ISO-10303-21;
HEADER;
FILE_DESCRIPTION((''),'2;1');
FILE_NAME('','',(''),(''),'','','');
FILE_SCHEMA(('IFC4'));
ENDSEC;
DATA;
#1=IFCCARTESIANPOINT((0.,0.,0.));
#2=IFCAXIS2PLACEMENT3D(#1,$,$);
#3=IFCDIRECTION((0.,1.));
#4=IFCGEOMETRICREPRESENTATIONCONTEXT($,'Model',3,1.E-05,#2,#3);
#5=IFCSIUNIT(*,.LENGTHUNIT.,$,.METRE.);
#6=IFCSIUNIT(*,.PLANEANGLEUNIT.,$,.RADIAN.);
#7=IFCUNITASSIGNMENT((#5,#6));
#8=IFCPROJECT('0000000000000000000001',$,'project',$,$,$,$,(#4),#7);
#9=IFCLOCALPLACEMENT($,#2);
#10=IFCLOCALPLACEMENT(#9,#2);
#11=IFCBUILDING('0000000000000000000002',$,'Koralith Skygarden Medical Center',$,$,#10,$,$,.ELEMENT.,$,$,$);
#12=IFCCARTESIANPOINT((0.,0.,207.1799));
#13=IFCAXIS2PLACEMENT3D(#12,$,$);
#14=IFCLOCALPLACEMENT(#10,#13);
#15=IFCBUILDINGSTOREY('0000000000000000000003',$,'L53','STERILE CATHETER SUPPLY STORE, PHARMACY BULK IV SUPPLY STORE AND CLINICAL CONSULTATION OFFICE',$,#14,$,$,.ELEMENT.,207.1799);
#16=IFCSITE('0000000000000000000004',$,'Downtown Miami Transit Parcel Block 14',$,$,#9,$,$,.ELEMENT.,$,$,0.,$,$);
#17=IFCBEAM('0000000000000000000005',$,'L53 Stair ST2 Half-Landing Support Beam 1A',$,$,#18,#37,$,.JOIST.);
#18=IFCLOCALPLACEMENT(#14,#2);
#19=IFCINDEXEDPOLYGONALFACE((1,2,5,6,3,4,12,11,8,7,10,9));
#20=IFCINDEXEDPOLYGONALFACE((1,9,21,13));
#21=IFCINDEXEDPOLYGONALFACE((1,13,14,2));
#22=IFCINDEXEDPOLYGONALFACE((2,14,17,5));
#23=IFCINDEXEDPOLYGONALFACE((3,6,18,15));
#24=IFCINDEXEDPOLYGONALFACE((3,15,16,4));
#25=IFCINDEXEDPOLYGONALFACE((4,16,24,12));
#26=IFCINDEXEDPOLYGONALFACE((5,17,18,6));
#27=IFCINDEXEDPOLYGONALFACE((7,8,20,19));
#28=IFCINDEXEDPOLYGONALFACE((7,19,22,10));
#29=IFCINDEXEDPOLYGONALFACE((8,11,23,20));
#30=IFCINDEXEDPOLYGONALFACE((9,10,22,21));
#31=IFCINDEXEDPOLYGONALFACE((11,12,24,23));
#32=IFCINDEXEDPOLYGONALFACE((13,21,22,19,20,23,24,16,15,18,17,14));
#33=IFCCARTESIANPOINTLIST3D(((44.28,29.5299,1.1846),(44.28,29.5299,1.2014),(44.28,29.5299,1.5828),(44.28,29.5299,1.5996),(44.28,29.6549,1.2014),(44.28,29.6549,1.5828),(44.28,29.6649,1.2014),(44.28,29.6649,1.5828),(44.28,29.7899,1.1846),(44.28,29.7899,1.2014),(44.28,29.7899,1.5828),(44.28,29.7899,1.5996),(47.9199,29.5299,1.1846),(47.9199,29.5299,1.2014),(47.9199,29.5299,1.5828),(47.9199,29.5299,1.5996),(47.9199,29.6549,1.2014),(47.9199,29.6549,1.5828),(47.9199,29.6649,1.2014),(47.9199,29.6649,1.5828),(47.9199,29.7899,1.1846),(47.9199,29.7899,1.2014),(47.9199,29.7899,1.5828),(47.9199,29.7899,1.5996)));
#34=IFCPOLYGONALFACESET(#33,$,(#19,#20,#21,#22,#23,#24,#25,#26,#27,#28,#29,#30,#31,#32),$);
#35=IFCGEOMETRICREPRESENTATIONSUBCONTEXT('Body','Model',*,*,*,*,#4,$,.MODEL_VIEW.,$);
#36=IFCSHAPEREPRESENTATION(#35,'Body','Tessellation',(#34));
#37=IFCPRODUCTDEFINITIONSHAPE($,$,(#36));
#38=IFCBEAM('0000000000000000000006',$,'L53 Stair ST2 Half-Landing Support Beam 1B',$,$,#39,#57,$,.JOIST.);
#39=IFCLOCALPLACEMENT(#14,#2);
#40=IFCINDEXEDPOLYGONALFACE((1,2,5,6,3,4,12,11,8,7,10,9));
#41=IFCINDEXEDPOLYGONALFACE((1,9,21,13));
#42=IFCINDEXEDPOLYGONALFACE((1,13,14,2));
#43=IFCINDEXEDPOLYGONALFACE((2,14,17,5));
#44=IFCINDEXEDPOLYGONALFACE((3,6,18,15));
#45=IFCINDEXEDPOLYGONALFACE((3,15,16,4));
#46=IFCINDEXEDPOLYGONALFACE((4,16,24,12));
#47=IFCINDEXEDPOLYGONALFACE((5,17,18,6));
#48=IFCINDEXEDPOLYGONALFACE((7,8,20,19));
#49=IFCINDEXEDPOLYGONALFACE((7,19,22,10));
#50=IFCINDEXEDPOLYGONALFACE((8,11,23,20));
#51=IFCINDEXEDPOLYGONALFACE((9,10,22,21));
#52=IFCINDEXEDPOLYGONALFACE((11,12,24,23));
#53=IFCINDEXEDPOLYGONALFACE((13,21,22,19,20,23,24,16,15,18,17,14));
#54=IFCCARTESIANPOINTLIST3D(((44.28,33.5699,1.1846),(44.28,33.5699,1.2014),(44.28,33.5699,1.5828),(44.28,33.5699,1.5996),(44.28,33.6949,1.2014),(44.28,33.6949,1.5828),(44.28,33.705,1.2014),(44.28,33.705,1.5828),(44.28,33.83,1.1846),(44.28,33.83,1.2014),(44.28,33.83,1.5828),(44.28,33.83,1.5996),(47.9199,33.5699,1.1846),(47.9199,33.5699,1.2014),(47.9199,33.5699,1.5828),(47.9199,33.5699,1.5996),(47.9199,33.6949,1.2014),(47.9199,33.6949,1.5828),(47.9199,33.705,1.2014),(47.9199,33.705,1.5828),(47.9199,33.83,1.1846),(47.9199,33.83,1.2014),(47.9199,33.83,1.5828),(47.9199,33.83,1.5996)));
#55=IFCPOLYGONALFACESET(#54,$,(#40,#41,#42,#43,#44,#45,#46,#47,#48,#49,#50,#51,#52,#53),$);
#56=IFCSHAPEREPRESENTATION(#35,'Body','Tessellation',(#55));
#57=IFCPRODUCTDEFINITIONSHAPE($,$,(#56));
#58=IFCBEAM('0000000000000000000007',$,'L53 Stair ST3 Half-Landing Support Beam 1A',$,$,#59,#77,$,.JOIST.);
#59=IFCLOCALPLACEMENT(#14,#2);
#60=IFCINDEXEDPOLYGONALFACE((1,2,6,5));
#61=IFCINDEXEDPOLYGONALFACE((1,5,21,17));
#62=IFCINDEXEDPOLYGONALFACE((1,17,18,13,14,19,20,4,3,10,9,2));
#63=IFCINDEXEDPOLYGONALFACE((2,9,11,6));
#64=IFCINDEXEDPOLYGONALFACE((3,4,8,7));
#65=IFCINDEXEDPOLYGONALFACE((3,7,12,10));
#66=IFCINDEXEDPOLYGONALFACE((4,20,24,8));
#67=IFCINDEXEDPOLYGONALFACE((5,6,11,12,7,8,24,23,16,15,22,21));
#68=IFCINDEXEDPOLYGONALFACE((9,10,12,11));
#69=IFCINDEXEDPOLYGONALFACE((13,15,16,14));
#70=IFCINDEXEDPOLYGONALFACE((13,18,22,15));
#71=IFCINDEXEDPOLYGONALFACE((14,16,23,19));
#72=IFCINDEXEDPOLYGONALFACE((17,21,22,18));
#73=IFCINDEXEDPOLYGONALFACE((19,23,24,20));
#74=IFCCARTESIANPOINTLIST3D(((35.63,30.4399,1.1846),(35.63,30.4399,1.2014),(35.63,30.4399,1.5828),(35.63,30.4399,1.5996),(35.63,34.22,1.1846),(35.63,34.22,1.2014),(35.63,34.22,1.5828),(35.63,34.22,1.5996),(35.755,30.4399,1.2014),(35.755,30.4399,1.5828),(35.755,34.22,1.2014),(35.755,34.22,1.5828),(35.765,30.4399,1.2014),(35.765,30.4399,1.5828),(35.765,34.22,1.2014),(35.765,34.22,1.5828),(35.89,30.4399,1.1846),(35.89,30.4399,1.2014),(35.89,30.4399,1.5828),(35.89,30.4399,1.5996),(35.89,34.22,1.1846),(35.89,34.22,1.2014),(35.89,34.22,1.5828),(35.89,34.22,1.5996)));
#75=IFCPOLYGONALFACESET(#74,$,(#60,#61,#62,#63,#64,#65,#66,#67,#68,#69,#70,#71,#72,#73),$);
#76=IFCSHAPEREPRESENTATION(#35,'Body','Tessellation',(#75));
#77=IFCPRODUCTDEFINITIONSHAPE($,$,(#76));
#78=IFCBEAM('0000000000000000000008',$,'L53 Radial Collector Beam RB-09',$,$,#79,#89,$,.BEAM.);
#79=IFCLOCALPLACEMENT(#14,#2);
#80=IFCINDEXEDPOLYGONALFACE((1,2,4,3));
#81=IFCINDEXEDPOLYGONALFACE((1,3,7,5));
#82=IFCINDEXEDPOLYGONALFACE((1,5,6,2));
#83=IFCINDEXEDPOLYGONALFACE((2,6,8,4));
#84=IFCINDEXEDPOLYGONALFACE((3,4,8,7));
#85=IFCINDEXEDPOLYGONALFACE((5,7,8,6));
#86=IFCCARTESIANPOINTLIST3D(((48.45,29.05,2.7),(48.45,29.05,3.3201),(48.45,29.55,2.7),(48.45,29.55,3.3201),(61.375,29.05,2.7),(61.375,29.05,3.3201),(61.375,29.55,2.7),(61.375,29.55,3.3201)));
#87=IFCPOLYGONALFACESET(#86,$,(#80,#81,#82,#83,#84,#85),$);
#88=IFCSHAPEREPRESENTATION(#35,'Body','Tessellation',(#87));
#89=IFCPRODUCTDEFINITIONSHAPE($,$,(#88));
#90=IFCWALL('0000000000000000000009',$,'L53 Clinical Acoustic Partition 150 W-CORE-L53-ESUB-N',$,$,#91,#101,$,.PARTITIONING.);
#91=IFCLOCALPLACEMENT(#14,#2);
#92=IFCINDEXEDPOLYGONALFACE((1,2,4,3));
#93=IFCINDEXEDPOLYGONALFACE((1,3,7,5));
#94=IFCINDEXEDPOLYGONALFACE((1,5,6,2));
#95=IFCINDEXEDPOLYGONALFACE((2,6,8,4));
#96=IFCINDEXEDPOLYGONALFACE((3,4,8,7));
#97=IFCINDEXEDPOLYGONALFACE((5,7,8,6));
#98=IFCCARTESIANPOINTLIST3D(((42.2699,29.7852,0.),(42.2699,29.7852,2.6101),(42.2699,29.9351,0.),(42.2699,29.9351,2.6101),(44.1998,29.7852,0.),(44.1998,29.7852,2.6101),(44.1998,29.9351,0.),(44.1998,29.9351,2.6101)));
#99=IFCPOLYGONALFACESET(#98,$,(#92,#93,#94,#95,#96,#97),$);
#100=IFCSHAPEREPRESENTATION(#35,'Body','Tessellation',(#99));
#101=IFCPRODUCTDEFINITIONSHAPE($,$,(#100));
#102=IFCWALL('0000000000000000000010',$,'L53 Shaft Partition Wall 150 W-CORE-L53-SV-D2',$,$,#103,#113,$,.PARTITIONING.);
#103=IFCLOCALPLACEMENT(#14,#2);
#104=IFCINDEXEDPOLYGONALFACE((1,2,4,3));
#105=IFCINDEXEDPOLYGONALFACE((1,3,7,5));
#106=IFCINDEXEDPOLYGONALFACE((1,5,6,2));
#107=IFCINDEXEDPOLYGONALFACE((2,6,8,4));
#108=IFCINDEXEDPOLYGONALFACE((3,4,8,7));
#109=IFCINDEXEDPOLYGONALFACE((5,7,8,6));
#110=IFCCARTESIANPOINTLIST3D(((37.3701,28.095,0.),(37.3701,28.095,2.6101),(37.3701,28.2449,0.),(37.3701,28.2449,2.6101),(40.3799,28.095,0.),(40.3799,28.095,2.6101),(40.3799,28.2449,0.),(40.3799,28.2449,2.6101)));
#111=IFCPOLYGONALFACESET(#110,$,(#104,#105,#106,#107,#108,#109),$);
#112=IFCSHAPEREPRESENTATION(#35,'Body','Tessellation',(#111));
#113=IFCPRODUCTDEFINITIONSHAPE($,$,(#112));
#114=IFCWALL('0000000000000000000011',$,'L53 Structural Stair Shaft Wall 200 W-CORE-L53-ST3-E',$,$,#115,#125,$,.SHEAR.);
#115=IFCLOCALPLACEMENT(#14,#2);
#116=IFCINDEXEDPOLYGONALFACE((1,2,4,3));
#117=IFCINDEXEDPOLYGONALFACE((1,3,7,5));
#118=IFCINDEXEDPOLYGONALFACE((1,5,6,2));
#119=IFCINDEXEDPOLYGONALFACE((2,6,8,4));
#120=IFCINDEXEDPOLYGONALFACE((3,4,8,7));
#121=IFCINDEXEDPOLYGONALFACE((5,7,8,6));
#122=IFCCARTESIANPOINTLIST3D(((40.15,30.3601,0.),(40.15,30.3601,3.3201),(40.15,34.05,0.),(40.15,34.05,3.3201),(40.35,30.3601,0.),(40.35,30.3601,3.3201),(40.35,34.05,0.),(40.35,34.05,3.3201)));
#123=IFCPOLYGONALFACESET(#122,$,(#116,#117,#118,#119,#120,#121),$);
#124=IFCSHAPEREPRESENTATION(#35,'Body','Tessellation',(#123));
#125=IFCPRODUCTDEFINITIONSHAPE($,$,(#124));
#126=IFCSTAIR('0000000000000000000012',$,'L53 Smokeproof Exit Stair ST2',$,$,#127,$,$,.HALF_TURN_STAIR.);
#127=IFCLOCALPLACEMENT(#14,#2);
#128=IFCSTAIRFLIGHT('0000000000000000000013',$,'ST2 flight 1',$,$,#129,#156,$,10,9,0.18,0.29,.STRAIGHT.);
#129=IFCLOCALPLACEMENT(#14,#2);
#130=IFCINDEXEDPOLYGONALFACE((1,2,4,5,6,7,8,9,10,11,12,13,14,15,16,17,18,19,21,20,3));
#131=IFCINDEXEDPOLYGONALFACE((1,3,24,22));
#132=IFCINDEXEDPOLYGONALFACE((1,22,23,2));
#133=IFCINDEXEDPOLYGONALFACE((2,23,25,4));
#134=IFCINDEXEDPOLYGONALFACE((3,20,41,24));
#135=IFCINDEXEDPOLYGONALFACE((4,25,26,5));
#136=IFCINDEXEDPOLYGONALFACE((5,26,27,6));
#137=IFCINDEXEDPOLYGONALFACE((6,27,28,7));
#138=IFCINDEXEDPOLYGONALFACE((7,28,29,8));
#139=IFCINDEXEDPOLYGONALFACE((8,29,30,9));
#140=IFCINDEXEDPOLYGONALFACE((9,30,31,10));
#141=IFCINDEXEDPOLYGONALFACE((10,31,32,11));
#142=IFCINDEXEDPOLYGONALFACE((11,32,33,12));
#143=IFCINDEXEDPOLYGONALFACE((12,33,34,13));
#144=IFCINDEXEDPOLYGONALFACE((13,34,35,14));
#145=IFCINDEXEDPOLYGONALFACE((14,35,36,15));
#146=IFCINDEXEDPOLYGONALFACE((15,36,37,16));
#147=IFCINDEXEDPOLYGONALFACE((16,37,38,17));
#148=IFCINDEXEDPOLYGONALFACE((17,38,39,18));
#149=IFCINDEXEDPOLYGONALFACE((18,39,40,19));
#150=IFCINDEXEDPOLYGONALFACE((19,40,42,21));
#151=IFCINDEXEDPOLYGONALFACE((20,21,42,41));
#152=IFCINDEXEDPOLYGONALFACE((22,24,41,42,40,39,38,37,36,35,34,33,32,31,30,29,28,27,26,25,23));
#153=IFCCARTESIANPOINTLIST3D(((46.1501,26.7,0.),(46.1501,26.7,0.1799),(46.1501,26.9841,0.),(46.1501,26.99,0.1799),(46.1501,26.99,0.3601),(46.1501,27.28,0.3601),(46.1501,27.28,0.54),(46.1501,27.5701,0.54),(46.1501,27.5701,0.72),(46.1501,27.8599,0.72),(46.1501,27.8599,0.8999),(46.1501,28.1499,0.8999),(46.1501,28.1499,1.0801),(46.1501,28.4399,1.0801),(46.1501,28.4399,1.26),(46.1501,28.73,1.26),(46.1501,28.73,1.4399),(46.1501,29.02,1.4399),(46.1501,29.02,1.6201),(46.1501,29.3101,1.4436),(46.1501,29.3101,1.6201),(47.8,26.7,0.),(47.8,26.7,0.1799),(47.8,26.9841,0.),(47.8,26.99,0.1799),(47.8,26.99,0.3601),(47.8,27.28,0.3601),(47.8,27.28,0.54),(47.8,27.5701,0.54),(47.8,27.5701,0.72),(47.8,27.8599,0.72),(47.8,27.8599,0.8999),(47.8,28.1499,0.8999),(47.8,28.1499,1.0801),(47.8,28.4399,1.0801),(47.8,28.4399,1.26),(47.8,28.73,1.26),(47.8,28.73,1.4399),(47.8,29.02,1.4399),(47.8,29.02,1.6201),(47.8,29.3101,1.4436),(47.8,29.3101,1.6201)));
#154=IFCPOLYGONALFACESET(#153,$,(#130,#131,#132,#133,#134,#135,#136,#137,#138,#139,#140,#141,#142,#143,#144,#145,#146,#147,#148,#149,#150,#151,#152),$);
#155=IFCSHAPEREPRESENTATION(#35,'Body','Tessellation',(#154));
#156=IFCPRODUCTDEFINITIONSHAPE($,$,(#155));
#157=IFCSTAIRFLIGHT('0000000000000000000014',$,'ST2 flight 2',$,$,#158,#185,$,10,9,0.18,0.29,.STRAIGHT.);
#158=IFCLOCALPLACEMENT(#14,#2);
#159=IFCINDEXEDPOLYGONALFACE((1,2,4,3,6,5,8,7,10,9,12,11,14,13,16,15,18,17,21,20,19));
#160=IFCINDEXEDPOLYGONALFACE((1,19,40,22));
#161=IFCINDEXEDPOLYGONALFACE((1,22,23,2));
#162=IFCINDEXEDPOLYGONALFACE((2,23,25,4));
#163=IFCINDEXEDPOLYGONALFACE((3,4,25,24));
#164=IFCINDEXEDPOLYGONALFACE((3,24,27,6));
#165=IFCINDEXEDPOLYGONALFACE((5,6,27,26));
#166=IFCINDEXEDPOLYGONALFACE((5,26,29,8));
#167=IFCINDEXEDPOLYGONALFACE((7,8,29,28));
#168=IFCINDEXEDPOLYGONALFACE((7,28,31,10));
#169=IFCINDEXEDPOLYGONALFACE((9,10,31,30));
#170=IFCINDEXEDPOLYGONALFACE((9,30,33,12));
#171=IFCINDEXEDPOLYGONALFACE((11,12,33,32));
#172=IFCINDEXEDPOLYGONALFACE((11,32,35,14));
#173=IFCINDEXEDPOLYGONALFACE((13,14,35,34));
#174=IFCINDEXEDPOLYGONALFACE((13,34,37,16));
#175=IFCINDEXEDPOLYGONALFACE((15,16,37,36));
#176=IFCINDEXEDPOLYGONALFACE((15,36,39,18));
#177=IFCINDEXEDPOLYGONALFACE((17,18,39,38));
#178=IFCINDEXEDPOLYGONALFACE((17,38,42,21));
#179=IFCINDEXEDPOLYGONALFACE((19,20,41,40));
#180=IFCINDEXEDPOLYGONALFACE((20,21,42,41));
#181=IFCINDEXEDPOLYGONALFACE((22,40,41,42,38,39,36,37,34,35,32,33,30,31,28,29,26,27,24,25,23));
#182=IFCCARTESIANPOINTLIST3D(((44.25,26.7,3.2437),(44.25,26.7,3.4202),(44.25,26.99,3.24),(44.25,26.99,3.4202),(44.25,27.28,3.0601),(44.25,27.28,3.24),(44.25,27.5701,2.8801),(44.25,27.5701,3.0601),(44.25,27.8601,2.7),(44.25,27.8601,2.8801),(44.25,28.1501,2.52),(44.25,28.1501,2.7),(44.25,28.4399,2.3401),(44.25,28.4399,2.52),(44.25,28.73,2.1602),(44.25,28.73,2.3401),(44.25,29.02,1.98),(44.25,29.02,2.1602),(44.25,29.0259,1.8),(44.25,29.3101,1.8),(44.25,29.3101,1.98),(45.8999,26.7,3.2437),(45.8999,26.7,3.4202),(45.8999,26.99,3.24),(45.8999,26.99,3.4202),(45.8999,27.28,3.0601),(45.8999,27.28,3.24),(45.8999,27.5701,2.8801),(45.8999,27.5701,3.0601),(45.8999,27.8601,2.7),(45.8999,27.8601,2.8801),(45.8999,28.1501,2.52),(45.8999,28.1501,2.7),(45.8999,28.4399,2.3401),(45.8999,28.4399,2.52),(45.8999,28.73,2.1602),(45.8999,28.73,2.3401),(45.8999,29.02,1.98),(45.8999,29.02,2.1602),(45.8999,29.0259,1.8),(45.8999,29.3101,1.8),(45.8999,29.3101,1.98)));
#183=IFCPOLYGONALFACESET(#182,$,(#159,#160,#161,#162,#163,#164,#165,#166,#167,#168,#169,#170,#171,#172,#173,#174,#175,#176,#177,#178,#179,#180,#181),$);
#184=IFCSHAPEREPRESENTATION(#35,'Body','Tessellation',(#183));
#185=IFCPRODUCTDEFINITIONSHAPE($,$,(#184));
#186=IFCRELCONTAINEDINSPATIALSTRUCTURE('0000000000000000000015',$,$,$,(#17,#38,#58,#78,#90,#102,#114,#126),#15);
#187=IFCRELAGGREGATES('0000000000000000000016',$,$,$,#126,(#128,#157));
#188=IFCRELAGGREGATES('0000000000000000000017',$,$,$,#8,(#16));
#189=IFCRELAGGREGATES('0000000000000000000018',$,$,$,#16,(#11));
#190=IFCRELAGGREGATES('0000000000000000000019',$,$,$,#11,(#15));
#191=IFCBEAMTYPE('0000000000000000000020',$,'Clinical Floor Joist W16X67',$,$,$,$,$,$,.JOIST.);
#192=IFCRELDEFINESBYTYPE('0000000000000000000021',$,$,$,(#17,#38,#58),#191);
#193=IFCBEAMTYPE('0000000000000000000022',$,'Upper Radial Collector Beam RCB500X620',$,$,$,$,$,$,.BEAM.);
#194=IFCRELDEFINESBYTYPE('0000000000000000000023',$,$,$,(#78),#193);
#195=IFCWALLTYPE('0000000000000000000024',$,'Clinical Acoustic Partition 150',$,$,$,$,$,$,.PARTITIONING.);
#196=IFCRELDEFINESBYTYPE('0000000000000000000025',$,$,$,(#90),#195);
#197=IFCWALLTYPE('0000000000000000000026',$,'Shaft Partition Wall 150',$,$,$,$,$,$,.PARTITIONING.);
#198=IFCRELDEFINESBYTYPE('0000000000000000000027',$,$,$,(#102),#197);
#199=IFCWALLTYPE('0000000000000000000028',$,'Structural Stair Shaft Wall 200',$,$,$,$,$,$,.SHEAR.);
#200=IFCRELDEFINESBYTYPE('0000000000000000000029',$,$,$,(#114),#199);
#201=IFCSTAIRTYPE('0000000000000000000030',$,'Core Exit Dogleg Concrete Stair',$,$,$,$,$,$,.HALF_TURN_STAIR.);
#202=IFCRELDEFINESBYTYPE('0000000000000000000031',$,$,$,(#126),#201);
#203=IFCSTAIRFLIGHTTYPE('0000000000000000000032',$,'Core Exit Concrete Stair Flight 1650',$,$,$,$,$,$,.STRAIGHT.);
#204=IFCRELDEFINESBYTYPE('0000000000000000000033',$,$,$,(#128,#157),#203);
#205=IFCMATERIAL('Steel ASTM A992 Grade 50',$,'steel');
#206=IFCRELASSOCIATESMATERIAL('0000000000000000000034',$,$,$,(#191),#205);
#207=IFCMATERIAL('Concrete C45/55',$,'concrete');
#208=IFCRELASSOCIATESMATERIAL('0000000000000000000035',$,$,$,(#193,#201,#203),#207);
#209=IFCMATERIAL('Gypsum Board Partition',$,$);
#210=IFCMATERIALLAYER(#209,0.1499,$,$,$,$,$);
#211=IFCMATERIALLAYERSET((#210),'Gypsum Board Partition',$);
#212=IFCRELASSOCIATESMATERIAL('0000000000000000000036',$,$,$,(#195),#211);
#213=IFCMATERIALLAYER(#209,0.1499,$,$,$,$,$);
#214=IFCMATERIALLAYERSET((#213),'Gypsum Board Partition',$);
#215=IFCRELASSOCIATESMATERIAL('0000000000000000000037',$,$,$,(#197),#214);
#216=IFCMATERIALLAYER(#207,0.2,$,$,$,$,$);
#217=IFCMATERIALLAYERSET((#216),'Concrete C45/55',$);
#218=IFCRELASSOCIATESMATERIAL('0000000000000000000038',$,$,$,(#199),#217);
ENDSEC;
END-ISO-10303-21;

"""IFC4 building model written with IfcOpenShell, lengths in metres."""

from ifc_helpers import new_model, si_unit, direction, frame, frame_2d, origin, origin_2d, place, context, subcontext, project, spatial, polyline, rectangle, i_section, outline, extrude, material, layer, layer_set, material_profile, profile_set, type_object, element, aggregate, save


model = new_model("IFC4")

# Units and contexts
model_context = context("Model", 3, precision=1e-05, world=origin(), true_north=direction((0.0, 1.0)))
body_context = subcontext(model_context, "Body", "Model", "MODEL_VIEW")
ifc_project = project(units=[si_unit("LENGTHUNIT", "METRE"), si_unit("PLANEANGLEUNIT", "RADIAN")], contexts=[model_context])

# Site, building, storey
site_placement = place(None, origin())
site = spatial("IfcSite", under=ifc_project, at=site_placement, Name="Downtown Miami Transit Parcel Block 14", CompositionType="ELEMENT", RefElevation=0.0)
building_placement = place(site_placement, origin())
building = spatial("IfcBuilding", under=site, at=building_placement, Name="Koralith Skygarden Medical Center", CompositionType="ELEMENT")
storey_placement = place(building_placement, frame((0.0, 0.0, 207.1799)))
storey = spatial("IfcBuildingStorey", under=building, at=storey_placement, Name="L53", Description="STERILE CATHETER SUPPLY STORE, PHARMACY BULK IV SUPPLY STORE AND CLINICAL CONSULTATION OFFICE", CompositionType="ELEMENT", Elevation=207.1799)

# Beams
ifc_material_1 = material(Name="Steel ASTM A992 Grade 50", Category="steel")
ifc_material_profile_1 = material_profile(ifc_material_1, i_section(OverallWidth=0.26, OverallDepth=0.415, WebThickness=0.01, FlangeThickness=0.0168, at=origin_2d()), Name="W16X67")
ifc_profile_set_1 = profile_set([ifc_material_profile_1], Name="Steel ASTM A992 Grade 50")
beam_type_1 = type_object("IfcBeamType", Name="Clinical Floor Joist W16X67", PredefinedType="JOIST", material=ifc_profile_set_1)
for number, where, z_axis, x_axis, name in (
    (1, (44.28, 29.6599, 1.3921), (1.0, 0.0, 0.0), (0.0, 1.0, 0.0), "L53 Stair ST2 Half-Landing Support Beam 1A"),
    (2, (44.28, 33.7, 1.3921), (1.0, 0.0, 0.0), (0.0, 1.0, 0.0), "L53 Stair ST2 Half-Landing Support Beam 1B"),
):
    element("IfcBeam", number, at=place(storey_placement, frame(where, z_axis=z_axis, x_axis=x_axis)), inside=storey, type_object=beam_type_1, Name=name, PredefinedType="JOIST", context=body_context, shape_type="SweptSolid", body=[
        extrude(i_section(OverallWidth=0.26, OverallDepth=0.415, WebThickness=0.01, FlangeThickness=0.0168, at=origin_2d()), origin(), (0.0, 0.0, 1.0), 3.6399),
    ])
beam_1_placement = place(storey_placement, frame((35.76, 30.4399, 1.3921), z_axis=(0.0, 1.0, 0.0), x_axis=(-1.0, 0.0, 0.0)))
element("IfcBeam", 3, at=beam_1_placement, inside=storey, type_object=beam_type_1, Name="L53 Stair ST3 Half-Landing Support Beam 1A", PredefinedType="JOIST", context=body_context, shape_type="SweptSolid", body=[
    extrude(i_section(OverallWidth=0.26, OverallDepth=0.415, WebThickness=0.01, FlangeThickness=0.0168, at=origin_2d()), origin(), (0.0, 0.0, 1.0), 3.78),
])
ifc_material_2 = material(Name="Concrete C45/55", Category="concrete")
ifc_material_profile_2 = material_profile(ifc_material_2, rectangle(XDim=0.5, YDim=0.6201, at=origin_2d()), Name="RCB500X620")
ifc_profile_set_2 = profile_set([ifc_material_profile_2], Name="Concrete C45/55")
beam_type_2 = type_object("IfcBeamType", Name="Upper Radial Collector Beam RCB500X620", PredefinedType="BEAM", material=ifc_profile_set_2)
beam_2_placement = place(storey_placement, frame((48.45, 29.3, 3.01), z_axis=(1.0, 0.0, 0.0), x_axis=(0.0, 1.0, 0.0)))
element("IfcBeam", 4, at=beam_2_placement, inside=storey, type_object=beam_type_2, Name="L53 Radial Collector Beam RB-09", PredefinedType="BEAM", context=body_context, shape_type="SweptSolid", body=[
    extrude(rectangle(XDim=0.5, YDim=0.6201, at=origin_2d()), origin(), (0.0, 0.0, 1.0), 12.925),
])

# Walls
ifc_material_3 = material(Name="Gypsum Board Partition")
ifc_layer_1 = layer(ifc_material_3, 0.1499)
ifc_layer_set_1 = layer_set([ifc_layer_1], Name="Gypsum Board Partition")
wall_type_1 = type_object("IfcWallType", Name="Clinical Acoustic Partition 150", PredefinedType="PARTITIONING", material=ifc_layer_set_1)
wall_1_placement = place(storey_placement, frame((42.27, 29.8601, 0.0), z_axis=(0.0, 0.0, 1.0), x_axis=(1.0, 0.0, 0.0)))
element("IfcWall", 5, at=wall_1_placement, inside=storey, type_object=wall_type_1, Name="L53 Clinical Acoustic Partition 150 W-CORE-L53-ESUB-N", PredefinedType="PARTITIONING", context=body_context, shape_type="SweptSolid", body=[
    extrude(rectangle(XDim=1.9299, YDim=0.1499, at=frame_2d((0.9648, 0.0))), origin(), (0.0, 0.0, 1.0), 2.6101),
])
ifc_layer_2 = layer(ifc_material_3, 0.1499)
ifc_layer_set_2 = layer_set([ifc_layer_2], Name="Gypsum Board Partition")
wall_type_2 = type_object("IfcWallType", Name="Shaft Partition Wall 150", PredefinedType="PARTITIONING", material=ifc_layer_set_2)
wall_2_placement = place(storey_placement, frame((37.3701, 28.1699, 0.0), z_axis=(0.0, 0.0, 1.0), x_axis=(1.0, 0.0, 0.0)))
element("IfcWall", 6, at=wall_2_placement, inside=storey, type_object=wall_type_2, Name="L53 Shaft Partition Wall 150 W-CORE-L53-SV-D2", PredefinedType="PARTITIONING", context=body_context, shape_type="SweptSolid", body=[
    extrude(rectangle(XDim=3.0098, YDim=0.1499, at=frame_2d((1.5049, 0.0))), origin(), (0.0, 0.0, 1.0), 2.6101),
])
ifc_layer_3 = layer(ifc_material_2, 0.2)
ifc_layer_set_3 = layer_set([ifc_layer_3], Name="Concrete C45/55")
wall_type_3 = type_object("IfcWallType", Name="Structural Stair Shaft Wall 200", PredefinedType="SHEAR", material=ifc_layer_set_3)
wall_3_placement = place(storey_placement, frame((40.25, 30.3601, 0.0), z_axis=(0.0, 0.0, 1.0), x_axis=(0.0, 1.0, 0.0)))
element("IfcWall", 7, at=wall_3_placement, inside=storey, type_object=wall_type_3, Name="L53 Structural Stair Shaft Wall 200 W-CORE-L53-ST3-E", PredefinedType="SHEAR", context=body_context, shape_type="SweptSolid", body=[
    extrude(rectangle(XDim=3.6899, YDim=0.2, at=frame_2d((1.845, 0.0))), origin(), (0.0, 0.0, 1.0), 3.3201),
])

# Stair, stair flights
stair_type = type_object("IfcStairType", Name="Core Exit Dogleg Concrete Stair", PredefinedType="HALF_TURN_STAIR", material=ifc_material_2)
stair_1_placement = place(storey_placement, origin())
stair_1 = element("IfcStair", 8, at=stair_1_placement, inside=storey, type_object=stair_type, Name="L53 Smokeproof Exit Stair ST2", PredefinedType="HALF_TURN_STAIR")
stair_flight_type = type_object("IfcStairFlightType", Name="Core Exit Concrete Stair Flight 1650", PredefinedType="STRAIGHT", material=ifc_material_2)
stair_flight_1_placement = place(storey_placement, frame((46.9751, 26.7, 0.0), z_axis=(0.0, 0.0, 1.0), x_axis=(0.0, 1.0, 0.0)))
stair_flight_1 = element("IfcStairFlight", 9, at=stair_flight_1_placement, type_object=stair_flight_type, Name="ST2 flight 1", NumberOfRisers=10, NumberOfTreads=9, PredefinedType="STRAIGHT", RiserHeight=0.18, TreadLength=0.29, context=body_context, shape_type="SweptSolid", body=[
    extrude(outline(polyline([(0.0, 0.0), (0.0, 0.1799), (0.29, 0.1799), (0.29, 0.3601), (0.5801, 0.3601), (0.5801, 0.54), (0.8701, 0.54), (0.8701, 0.72), (1.1599, 0.72), (1.1599, 0.8999), (1.45, 0.8999), (1.45, 1.0801), (1.74, 1.0801), (1.74, 1.26), (2.03, 1.26), (2.03, 1.4399), (2.3201, 1.4399), (2.3201, 1.6201), (2.6101, 1.6201), (2.6101, 1.8), (2.6101, 1.4436), (0.2842, 0.0), (0.0, 0.0)])), frame((0.0, 0.825, 0.0), z_axis=(0.0, -1.0, 0.0), x_axis=(1.0, 0.0, 0.0)), (0.0, 0.0, 1.0), 1.6499),
])
stair_flight_2_placement = place(storey_placement, frame((45.075, 29.3101, 1.8), z_axis=(0.0, 0.0, 1.0), x_axis=(0.0, -1.0, 0.0)))
stair_flight_2 = element("IfcStairFlight", 10, at=stair_flight_2_placement, type_object=stair_flight_type, Name="ST2 flight 2", NumberOfRisers=10, NumberOfTreads=9, PredefinedType="STRAIGHT", RiserHeight=0.18, TreadLength=0.29, context=body_context, shape_type="SweptSolid", body=[
    extrude(outline(polyline([(0.0, 0.0), (0.0, 0.1799), (0.29, 0.1799), (0.29, 0.3601), (0.5801, 0.3601), (0.5801, 0.54), (0.8701, 0.54), (0.8701, 0.72), (1.1599, 0.72), (1.1599, 0.8999), (1.45, 0.8999), (1.45, 1.0801), (1.74, 1.0801), (1.74, 1.26), (2.03, 1.26), (2.03, 1.4399), (2.3201, 1.4399), (2.3201, 1.6201), (2.6101, 1.6201), (2.6101, 1.8), (2.6101, 1.4436), (0.2842, 0.0), (0.0, 0.0)])), frame((0.0, 0.825, 0.0), z_axis=(0.0, -1.0, 0.0), x_axis=(1.0, 0.0, 0.0)), (0.0, 0.0, 1.0), 1.6499),
])
aggregate(stair_1, [stair_flight_1, stair_flight_2])

save(model, "model.ifc")
